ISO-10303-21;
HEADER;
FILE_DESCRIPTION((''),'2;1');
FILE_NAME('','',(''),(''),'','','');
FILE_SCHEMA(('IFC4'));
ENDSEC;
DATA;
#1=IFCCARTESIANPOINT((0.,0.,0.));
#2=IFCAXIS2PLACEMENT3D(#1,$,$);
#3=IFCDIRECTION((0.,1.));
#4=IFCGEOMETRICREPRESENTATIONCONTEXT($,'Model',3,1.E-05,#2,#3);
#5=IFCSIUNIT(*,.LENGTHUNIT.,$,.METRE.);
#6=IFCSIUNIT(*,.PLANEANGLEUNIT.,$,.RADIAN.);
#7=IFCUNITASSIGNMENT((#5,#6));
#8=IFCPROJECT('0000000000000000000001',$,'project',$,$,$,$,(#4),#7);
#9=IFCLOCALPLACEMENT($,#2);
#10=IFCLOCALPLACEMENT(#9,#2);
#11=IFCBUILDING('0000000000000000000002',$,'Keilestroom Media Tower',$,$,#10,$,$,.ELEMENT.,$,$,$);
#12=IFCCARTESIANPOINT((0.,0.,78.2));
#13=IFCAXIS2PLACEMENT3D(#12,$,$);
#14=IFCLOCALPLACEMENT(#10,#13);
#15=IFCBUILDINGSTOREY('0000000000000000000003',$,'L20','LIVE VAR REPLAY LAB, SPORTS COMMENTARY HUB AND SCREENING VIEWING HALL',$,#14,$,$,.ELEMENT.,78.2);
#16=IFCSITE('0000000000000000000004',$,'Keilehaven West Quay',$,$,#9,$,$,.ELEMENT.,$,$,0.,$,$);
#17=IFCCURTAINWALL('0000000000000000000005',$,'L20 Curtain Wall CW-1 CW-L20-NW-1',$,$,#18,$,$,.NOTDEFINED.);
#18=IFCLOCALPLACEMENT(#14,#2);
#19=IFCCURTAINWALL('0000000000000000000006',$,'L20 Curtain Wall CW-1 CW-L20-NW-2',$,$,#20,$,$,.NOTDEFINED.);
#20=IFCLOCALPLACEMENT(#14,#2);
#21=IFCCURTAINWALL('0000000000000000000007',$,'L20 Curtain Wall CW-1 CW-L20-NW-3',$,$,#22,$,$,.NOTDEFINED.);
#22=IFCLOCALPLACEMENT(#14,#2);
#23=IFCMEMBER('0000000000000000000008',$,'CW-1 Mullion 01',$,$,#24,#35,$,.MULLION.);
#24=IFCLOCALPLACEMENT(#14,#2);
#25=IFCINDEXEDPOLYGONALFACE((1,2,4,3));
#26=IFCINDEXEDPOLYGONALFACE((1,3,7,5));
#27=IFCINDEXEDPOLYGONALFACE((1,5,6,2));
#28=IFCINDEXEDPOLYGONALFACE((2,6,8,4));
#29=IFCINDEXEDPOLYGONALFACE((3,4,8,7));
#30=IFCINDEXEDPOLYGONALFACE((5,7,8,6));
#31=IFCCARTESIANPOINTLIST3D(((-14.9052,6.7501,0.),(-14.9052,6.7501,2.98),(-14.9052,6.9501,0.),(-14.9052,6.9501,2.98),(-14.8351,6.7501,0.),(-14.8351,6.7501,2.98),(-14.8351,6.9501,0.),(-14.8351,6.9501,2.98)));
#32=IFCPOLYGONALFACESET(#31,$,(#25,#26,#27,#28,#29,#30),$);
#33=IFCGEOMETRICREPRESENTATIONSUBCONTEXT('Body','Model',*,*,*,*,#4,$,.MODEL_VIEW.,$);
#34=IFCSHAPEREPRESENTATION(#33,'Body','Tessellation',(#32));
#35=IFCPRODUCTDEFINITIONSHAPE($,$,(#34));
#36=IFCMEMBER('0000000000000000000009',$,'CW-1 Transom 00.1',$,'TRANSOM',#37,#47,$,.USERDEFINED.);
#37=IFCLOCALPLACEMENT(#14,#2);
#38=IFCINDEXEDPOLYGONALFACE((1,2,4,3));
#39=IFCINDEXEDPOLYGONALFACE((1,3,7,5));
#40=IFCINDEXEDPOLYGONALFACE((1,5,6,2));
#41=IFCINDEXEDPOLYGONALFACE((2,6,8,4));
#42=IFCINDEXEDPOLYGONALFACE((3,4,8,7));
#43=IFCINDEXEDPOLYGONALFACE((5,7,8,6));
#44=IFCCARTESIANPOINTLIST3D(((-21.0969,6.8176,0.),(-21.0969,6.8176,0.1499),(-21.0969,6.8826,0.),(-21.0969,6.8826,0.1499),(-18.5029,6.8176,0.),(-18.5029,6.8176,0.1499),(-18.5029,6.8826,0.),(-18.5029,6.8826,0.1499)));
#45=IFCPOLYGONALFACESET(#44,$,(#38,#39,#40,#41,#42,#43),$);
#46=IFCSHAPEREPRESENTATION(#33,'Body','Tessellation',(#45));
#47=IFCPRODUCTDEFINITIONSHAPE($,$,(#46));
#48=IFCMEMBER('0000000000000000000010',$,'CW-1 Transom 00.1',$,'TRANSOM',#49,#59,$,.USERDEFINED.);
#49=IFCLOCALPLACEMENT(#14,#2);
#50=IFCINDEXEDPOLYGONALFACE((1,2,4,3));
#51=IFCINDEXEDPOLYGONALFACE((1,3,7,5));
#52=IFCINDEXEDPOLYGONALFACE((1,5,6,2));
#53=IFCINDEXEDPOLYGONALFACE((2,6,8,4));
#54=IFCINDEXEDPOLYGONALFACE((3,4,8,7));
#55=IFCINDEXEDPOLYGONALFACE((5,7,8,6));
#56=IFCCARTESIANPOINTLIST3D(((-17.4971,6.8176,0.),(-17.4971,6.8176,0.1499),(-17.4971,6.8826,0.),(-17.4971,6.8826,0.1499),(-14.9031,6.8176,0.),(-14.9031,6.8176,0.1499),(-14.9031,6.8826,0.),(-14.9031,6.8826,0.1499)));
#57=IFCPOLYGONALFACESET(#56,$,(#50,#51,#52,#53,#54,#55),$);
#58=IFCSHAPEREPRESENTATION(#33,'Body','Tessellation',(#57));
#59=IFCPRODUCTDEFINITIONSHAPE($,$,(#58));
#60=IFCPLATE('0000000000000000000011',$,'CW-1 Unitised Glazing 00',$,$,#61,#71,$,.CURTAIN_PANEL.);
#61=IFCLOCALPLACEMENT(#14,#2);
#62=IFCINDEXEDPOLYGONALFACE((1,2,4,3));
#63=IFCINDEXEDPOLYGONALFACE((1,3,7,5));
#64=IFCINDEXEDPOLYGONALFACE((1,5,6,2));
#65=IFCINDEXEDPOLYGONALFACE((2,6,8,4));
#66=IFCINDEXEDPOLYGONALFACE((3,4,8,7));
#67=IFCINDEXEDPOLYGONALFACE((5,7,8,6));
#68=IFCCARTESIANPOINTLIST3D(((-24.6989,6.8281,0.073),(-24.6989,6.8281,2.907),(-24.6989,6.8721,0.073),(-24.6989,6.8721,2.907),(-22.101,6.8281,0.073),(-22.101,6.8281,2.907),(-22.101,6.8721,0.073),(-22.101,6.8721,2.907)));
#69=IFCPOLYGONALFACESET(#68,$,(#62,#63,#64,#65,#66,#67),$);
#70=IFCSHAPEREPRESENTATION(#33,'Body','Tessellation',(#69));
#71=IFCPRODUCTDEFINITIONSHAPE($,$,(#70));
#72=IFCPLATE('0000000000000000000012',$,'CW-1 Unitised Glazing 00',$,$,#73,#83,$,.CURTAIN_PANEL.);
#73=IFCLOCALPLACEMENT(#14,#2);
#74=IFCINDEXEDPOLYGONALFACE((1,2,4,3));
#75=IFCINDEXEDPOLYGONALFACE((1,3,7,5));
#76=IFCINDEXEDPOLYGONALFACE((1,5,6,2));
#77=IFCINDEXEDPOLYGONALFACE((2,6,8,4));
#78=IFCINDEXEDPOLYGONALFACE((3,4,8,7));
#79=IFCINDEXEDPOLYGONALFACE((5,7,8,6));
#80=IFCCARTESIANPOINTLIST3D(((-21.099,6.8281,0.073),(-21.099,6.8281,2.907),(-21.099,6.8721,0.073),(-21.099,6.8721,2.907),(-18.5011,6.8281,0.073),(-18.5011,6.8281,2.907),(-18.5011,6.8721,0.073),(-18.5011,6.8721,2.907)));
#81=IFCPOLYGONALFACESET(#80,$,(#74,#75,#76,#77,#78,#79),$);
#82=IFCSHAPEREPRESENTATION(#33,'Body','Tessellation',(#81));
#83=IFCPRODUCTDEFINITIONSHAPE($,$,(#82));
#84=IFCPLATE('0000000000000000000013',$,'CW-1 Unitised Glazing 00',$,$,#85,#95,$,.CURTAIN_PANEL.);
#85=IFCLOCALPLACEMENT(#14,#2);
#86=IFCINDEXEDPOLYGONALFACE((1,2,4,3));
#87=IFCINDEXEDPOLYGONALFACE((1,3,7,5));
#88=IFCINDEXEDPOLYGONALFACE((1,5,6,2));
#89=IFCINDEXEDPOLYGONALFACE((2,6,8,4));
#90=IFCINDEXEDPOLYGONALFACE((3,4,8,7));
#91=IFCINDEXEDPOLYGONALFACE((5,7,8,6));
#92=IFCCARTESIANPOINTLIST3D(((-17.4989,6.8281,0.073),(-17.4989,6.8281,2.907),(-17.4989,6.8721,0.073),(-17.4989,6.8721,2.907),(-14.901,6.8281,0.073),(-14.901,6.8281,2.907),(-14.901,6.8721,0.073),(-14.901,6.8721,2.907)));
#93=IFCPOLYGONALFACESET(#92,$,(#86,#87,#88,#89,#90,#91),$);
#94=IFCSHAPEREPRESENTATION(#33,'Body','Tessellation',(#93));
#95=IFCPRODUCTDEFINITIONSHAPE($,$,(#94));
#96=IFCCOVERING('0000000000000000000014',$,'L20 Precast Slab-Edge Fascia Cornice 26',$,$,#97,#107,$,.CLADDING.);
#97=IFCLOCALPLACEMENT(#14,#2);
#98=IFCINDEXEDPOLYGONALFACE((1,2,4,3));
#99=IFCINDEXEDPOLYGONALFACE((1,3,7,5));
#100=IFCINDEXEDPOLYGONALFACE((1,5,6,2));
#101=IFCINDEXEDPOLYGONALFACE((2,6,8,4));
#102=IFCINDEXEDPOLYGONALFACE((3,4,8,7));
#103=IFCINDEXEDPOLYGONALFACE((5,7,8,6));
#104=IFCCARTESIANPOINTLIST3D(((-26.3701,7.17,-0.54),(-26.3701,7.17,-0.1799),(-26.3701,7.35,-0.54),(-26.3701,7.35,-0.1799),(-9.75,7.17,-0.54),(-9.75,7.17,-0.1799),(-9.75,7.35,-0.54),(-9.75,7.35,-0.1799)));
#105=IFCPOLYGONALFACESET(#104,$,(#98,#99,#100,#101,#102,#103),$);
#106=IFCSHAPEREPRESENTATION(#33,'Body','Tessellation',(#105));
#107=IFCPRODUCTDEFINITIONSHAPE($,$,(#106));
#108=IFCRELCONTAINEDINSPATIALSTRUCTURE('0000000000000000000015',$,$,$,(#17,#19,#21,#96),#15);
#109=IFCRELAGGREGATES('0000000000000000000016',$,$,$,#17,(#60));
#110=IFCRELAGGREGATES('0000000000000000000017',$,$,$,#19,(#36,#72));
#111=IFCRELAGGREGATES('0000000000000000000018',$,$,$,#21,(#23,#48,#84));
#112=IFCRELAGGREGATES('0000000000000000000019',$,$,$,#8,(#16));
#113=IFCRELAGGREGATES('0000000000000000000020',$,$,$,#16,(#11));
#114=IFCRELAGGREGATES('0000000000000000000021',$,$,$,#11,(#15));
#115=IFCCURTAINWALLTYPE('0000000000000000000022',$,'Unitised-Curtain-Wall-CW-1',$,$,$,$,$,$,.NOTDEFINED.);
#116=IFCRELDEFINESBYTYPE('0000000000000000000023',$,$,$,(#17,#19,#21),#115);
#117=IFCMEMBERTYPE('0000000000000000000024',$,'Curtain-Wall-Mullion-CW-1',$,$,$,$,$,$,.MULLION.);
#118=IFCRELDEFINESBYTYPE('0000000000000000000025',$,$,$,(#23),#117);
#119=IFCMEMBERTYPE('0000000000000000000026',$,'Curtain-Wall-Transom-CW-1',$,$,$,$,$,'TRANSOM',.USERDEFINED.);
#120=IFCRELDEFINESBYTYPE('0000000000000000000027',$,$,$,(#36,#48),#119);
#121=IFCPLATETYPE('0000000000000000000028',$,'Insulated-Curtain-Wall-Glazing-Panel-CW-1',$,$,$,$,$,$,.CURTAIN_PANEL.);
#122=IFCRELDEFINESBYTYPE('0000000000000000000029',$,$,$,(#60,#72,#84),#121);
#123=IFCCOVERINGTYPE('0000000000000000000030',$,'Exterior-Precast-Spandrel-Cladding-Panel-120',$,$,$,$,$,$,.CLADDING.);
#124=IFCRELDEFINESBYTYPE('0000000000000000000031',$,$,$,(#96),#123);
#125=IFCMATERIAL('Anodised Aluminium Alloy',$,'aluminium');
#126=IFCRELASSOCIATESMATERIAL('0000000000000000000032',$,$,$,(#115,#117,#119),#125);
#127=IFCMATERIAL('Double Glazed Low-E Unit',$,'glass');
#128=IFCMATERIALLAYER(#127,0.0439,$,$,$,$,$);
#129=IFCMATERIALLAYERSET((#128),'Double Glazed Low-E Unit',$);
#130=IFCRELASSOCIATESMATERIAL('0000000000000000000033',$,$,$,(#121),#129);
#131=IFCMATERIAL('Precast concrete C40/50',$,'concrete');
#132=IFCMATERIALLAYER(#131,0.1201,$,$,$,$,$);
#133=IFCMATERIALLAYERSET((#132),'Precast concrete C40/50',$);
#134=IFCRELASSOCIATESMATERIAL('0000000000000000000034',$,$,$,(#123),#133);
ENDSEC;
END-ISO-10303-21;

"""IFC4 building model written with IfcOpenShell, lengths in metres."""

from ifc_helpers import new_model, si_unit, direction, frame, origin, origin_2d, place, context, subcontext, project, spatial, rectangle, extrude, source, transform, mapped, material, layer, layer_set, material_profile, profile_set, type_object, element, aggregate, save


model = new_model("IFC4")

# Units and contexts
model_context = context("Model", 3, precision=1e-05, world=origin(), true_north=direction((0.0, 1.0)))
body_context = subcontext(model_context, "Body", "Model", "MODEL_VIEW")
ifc_project = project(units=[si_unit("LENGTHUNIT", "METRE"), si_unit("PLANEANGLEUNIT", "RADIAN")], contexts=[model_context])

# Site, building, storey
site_placement = place(None, origin())
site = spatial("IfcSite", under=ifc_project, at=site_placement, Name="Keilehaven West Quay", CompositionType="ELEMENT", RefElevation=0.0)
building_placement = place(site_placement, origin())
building = spatial("IfcBuilding", under=site, at=building_placement, Name="Keilestroom Media Tower", CompositionType="ELEMENT")
storey_placement = place(building_placement, frame((0.0, 0.0, 78.2)))
storey = spatial("IfcBuildingStorey", under=building, at=storey_placement, Name="L20", Description="LIVE VAR REPLAY LAB, SPORTS COMMENTARY HUB AND SCREENING VIEWING HALL", CompositionType="ELEMENT", Elevation=78.2)

# Shared definitions
ifc_material_1 = material(Name="Precast concrete C40/50", Category="concrete")

# Curtain wall
ifc_material_2 = material(Name="Anodised Aluminium Alloy", Category="aluminium")
curtain_wall_type = type_object("IfcCurtainWallType", Name="Unitised-Curtain-Wall-CW-1", PredefinedType="NOTDEFINED", material=ifc_material_2)
curtain_wall_1_placement = place(storey_placement, origin())
curtain_wall_1 = element("IfcCurtainWall", 1, at=curtain_wall_1_placement, inside=storey, type_object=curtain_wall_type, Name="L20 Curtain Wall CW-1 CW-L20-NW-1", PredefinedType="NOTDEFINED")
ifc_material_profile_1 = material_profile(ifc_material_2, rectangle(XDim=0.0701, YDim=0.2, at=origin_2d()), Name="ALU MULLION 70x200")
ifc_profile_set_1 = profile_set([ifc_material_profile_1], Name="Anodised Aluminium Alloy")
member_type_1 = type_object("IfcMemberType", Name="Curtain-Wall-Mullion-CW-1", PredefinedType="MULLION", material=ifc_profile_set_1)
shared_shape_1 = source(origin(), body_context, "Body", "SweptSolid", [
    extrude(rectangle(XDim=0.0701, YDim=0.2, at=origin_2d()), origin(), (0.0, 0.0, 1.0), 2.98),
])

# Curtain walls, member
curtain_wall_2_placement = place(storey_placement, origin())
curtain_wall_2 = element("IfcCurtainWall", 2, at=curtain_wall_2_placement, inside=storey, type_object=curtain_wall_type, Name="L20 Curtain Wall CW-1 CW-L20-NW-2", PredefinedType="NOTDEFINED")
curtain_wall_3_placement = place(storey_placement, origin())
curtain_wall_3 = element("IfcCurtainWall", 3, at=curtain_wall_3_placement, inside=storey, type_object=curtain_wall_type, Name="L20 Curtain Wall CW-1 CW-L20-NW-3", PredefinedType="NOTDEFINED")
member_1_placement = place(storey_placement, frame((-14.8701, 6.8501, 0.0), z_axis=(0.0, 0.0, 1.0), x_axis=(1.0, 0.0, 0.0)))
member_1 = element("IfcMember", 4, at=member_1_placement, type_object=member_type_1, Name="CW-1 Mullion 01", PredefinedType="MULLION", context=body_context, shape_type="MappedRepresentation", body=[
    mapped(shared_shape_1, transform((0.0, 0.0, 0.0), x_axis=(1.0, 0.0, 0.0), y_axis=(0.0, 1.0, 0.0), z_axis=(0.0, 0.0, 1.0), scale=1.0)),
])

# Members
ifc_material_profile_2 = material_profile(ifc_material_2, rectangle(XDim=0.0649, YDim=0.1499, at=origin_2d()), Name="ALU TRANSOM 65x150")
ifc_profile_set_2 = profile_set([ifc_material_profile_2], Name="Anodised Aluminium Alloy")
member_type_2 = type_object("IfcMemberType", Name="Curtain-Wall-Transom-CW-1", ElementType="TRANSOM", PredefinedType="USERDEFINED", material=ifc_profile_set_2)
shared_shape_2 = source(origin(), body_context, "Body", "SweptSolid", [
    extrude(rectangle(XDim=0.0649, YDim=0.1499, at=origin_2d()), origin(), (0.0, 0.0, 1.0), 2.594),
])
member_2_placement = place(storey_placement, frame((-21.0969, 6.8501, 0.075), z_axis=(1.0, 0.0, 0.0), x_axis=(0.0, 1.0, 0.0)))
member_2 = element("IfcMember", 5, at=member_2_placement, type_object=member_type_2, Name="CW-1 Transom 00.1", ObjectType="TRANSOM", PredefinedType="USERDEFINED", context=body_context, shape_type="MappedRepresentation", body=[
    mapped(shared_shape_2, transform((0.0, 0.0, 0.0), x_axis=(1.0, 0.0, 0.0), y_axis=(0.0, 1.0, 0.0), z_axis=(0.0, 0.0, 1.0), scale=1.0)),
])
member_3_placement = place(storey_placement, frame((-17.4971, 6.8501, 0.075), z_axis=(1.0, 0.0, 0.0), x_axis=(0.0, 1.0, 0.0)))
member_3 = element("IfcMember", 6, at=member_3_placement, type_object=member_type_2, Name="CW-1 Transom 00.1", ObjectType="TRANSOM", PredefinedType="USERDEFINED", context=body_context, shape_type="MappedRepresentation", body=[
    mapped(shared_shape_2, transform((0.0, 0.0, 0.0), x_axis=(1.0, 0.0, 0.0), y_axis=(0.0, 1.0, 0.0), z_axis=(0.0, 0.0, 1.0), scale=1.0)),
])

# Plates
ifc_material_3 = material(Name="Double Glazed Low-E Unit", Category="glass")
ifc_layer_1 = layer(ifc_material_3, 0.0439)
ifc_layer_set_1 = layer_set([ifc_layer_1], Name="Double Glazed Low-E Unit")
plate_type = type_object("IfcPlateType", Name="Insulated-Curtain-Wall-Glazing-Panel-CW-1", PredefinedType="CURTAIN_PANEL", material=ifc_layer_set_1)
shared_shape_3 = source(origin(), body_context, "Body", "SweptSolid", [
    extrude(rectangle(XDim=2.5979, YDim=0.0439, at=origin_2d()), origin(), (0.0, 0.0, 1.0), 2.834),
])
plate_1_placement = place(storey_placement, frame((-23.3999, 6.8501, 0.073), z_axis=(0.0, 0.0, 1.0), x_axis=(1.0, 0.0, 0.0)))
plate_1 = element("IfcPlate", 7, at=plate_1_placement, type_object=plate_type, Name="CW-1 Unitised Glazing 00", PredefinedType="CURTAIN_PANEL", context=body_context, shape_type="MappedRepresentation", body=[
    mapped(shared_shape_3, transform((0.0, 0.0, 0.0), x_axis=(1.0, 0.0, 0.0), y_axis=(0.0, 1.0, 0.0), z_axis=(0.0, 0.0, 1.0), scale=1.0)),
])
aggregate(curtain_wall_1, [plate_1])
plate_2_placement = place(storey_placement, frame((-19.8, 6.8501, 0.073), z_axis=(0.0, 0.0, 1.0), x_axis=(1.0, 0.0, 0.0)))
plate_2 = element("IfcPlate", 8, at=plate_2_placement, type_object=plate_type, Name="CW-1 Unitised Glazing 00", PredefinedType="CURTAIN_PANEL", context=body_context, shape_type="MappedRepresentation", body=[
    mapped(shared_shape_3, transform((0.0, 0.0, 0.0), x_axis=(1.0, 0.0, 0.0), y_axis=(0.0, 1.0, 0.0), z_axis=(0.0, 0.0, 1.0), scale=1.0)),
])
aggregate(curtain_wall_2, [member_2, plate_2])
plate_3_placement = place(storey_placement, frame((-16.2, 6.8501, 0.073), z_axis=(0.0, 0.0, 1.0), x_axis=(1.0, 0.0, 0.0)))
plate_3 = element("IfcPlate", 9, at=plate_3_placement, type_object=plate_type, Name="CW-1 Unitised Glazing 00", PredefinedType="CURTAIN_PANEL", context=body_context, shape_type="MappedRepresentation", body=[
    mapped(shared_shape_3, transform((0.0, 0.0, 0.0), x_axis=(1.0, 0.0, 0.0), y_axis=(0.0, 1.0, 0.0), z_axis=(0.0, 0.0, 1.0), scale=1.0)),
])
aggregate(curtain_wall_3, [member_1, member_3, plate_3])

# Covering
ifc_layer_2 = layer(ifc_material_1, 0.1201)
ifc_layer_set_2 = layer_set([ifc_layer_2], Name="Precast concrete C40/50")
covering_type = type_object("IfcCoveringType", Name="Exterior-Precast-Spandrel-Cladding-Panel-120", PredefinedType="CLADDING", material=ifc_layer_set_2)
shared_shape_4 = source(origin(), body_context, "Body", "SweptSolid", [
    extrude(rectangle(XDim=16.6201, YDim=0.1799, at=origin_2d()), origin(), (0.0, 0.0, 1.0), 0.3601),
])
covering_placement = place(storey_placement, frame((-18.0601, 7.26, -0.54), z_axis=(0.0, 0.0, 1.0), x_axis=(1.0, 0.0, 0.0)))
element("IfcCovering", 10, at=covering_placement, inside=storey, type_object=covering_type, Name="L20 Precast Slab-Edge Fascia Cornice 26", PredefinedType="CLADDING", context=body_context, shape_type="MappedRepresentation", body=[
    mapped(shared_shape_4, transform((0.0, 0.0, 0.0), x_axis=(1.0, 0.0, 0.0), y_axis=(0.0, 1.0, 0.0), z_axis=(0.0, 0.0, 1.0), scale=1.0)),
])

save(model, "model.ifc")
